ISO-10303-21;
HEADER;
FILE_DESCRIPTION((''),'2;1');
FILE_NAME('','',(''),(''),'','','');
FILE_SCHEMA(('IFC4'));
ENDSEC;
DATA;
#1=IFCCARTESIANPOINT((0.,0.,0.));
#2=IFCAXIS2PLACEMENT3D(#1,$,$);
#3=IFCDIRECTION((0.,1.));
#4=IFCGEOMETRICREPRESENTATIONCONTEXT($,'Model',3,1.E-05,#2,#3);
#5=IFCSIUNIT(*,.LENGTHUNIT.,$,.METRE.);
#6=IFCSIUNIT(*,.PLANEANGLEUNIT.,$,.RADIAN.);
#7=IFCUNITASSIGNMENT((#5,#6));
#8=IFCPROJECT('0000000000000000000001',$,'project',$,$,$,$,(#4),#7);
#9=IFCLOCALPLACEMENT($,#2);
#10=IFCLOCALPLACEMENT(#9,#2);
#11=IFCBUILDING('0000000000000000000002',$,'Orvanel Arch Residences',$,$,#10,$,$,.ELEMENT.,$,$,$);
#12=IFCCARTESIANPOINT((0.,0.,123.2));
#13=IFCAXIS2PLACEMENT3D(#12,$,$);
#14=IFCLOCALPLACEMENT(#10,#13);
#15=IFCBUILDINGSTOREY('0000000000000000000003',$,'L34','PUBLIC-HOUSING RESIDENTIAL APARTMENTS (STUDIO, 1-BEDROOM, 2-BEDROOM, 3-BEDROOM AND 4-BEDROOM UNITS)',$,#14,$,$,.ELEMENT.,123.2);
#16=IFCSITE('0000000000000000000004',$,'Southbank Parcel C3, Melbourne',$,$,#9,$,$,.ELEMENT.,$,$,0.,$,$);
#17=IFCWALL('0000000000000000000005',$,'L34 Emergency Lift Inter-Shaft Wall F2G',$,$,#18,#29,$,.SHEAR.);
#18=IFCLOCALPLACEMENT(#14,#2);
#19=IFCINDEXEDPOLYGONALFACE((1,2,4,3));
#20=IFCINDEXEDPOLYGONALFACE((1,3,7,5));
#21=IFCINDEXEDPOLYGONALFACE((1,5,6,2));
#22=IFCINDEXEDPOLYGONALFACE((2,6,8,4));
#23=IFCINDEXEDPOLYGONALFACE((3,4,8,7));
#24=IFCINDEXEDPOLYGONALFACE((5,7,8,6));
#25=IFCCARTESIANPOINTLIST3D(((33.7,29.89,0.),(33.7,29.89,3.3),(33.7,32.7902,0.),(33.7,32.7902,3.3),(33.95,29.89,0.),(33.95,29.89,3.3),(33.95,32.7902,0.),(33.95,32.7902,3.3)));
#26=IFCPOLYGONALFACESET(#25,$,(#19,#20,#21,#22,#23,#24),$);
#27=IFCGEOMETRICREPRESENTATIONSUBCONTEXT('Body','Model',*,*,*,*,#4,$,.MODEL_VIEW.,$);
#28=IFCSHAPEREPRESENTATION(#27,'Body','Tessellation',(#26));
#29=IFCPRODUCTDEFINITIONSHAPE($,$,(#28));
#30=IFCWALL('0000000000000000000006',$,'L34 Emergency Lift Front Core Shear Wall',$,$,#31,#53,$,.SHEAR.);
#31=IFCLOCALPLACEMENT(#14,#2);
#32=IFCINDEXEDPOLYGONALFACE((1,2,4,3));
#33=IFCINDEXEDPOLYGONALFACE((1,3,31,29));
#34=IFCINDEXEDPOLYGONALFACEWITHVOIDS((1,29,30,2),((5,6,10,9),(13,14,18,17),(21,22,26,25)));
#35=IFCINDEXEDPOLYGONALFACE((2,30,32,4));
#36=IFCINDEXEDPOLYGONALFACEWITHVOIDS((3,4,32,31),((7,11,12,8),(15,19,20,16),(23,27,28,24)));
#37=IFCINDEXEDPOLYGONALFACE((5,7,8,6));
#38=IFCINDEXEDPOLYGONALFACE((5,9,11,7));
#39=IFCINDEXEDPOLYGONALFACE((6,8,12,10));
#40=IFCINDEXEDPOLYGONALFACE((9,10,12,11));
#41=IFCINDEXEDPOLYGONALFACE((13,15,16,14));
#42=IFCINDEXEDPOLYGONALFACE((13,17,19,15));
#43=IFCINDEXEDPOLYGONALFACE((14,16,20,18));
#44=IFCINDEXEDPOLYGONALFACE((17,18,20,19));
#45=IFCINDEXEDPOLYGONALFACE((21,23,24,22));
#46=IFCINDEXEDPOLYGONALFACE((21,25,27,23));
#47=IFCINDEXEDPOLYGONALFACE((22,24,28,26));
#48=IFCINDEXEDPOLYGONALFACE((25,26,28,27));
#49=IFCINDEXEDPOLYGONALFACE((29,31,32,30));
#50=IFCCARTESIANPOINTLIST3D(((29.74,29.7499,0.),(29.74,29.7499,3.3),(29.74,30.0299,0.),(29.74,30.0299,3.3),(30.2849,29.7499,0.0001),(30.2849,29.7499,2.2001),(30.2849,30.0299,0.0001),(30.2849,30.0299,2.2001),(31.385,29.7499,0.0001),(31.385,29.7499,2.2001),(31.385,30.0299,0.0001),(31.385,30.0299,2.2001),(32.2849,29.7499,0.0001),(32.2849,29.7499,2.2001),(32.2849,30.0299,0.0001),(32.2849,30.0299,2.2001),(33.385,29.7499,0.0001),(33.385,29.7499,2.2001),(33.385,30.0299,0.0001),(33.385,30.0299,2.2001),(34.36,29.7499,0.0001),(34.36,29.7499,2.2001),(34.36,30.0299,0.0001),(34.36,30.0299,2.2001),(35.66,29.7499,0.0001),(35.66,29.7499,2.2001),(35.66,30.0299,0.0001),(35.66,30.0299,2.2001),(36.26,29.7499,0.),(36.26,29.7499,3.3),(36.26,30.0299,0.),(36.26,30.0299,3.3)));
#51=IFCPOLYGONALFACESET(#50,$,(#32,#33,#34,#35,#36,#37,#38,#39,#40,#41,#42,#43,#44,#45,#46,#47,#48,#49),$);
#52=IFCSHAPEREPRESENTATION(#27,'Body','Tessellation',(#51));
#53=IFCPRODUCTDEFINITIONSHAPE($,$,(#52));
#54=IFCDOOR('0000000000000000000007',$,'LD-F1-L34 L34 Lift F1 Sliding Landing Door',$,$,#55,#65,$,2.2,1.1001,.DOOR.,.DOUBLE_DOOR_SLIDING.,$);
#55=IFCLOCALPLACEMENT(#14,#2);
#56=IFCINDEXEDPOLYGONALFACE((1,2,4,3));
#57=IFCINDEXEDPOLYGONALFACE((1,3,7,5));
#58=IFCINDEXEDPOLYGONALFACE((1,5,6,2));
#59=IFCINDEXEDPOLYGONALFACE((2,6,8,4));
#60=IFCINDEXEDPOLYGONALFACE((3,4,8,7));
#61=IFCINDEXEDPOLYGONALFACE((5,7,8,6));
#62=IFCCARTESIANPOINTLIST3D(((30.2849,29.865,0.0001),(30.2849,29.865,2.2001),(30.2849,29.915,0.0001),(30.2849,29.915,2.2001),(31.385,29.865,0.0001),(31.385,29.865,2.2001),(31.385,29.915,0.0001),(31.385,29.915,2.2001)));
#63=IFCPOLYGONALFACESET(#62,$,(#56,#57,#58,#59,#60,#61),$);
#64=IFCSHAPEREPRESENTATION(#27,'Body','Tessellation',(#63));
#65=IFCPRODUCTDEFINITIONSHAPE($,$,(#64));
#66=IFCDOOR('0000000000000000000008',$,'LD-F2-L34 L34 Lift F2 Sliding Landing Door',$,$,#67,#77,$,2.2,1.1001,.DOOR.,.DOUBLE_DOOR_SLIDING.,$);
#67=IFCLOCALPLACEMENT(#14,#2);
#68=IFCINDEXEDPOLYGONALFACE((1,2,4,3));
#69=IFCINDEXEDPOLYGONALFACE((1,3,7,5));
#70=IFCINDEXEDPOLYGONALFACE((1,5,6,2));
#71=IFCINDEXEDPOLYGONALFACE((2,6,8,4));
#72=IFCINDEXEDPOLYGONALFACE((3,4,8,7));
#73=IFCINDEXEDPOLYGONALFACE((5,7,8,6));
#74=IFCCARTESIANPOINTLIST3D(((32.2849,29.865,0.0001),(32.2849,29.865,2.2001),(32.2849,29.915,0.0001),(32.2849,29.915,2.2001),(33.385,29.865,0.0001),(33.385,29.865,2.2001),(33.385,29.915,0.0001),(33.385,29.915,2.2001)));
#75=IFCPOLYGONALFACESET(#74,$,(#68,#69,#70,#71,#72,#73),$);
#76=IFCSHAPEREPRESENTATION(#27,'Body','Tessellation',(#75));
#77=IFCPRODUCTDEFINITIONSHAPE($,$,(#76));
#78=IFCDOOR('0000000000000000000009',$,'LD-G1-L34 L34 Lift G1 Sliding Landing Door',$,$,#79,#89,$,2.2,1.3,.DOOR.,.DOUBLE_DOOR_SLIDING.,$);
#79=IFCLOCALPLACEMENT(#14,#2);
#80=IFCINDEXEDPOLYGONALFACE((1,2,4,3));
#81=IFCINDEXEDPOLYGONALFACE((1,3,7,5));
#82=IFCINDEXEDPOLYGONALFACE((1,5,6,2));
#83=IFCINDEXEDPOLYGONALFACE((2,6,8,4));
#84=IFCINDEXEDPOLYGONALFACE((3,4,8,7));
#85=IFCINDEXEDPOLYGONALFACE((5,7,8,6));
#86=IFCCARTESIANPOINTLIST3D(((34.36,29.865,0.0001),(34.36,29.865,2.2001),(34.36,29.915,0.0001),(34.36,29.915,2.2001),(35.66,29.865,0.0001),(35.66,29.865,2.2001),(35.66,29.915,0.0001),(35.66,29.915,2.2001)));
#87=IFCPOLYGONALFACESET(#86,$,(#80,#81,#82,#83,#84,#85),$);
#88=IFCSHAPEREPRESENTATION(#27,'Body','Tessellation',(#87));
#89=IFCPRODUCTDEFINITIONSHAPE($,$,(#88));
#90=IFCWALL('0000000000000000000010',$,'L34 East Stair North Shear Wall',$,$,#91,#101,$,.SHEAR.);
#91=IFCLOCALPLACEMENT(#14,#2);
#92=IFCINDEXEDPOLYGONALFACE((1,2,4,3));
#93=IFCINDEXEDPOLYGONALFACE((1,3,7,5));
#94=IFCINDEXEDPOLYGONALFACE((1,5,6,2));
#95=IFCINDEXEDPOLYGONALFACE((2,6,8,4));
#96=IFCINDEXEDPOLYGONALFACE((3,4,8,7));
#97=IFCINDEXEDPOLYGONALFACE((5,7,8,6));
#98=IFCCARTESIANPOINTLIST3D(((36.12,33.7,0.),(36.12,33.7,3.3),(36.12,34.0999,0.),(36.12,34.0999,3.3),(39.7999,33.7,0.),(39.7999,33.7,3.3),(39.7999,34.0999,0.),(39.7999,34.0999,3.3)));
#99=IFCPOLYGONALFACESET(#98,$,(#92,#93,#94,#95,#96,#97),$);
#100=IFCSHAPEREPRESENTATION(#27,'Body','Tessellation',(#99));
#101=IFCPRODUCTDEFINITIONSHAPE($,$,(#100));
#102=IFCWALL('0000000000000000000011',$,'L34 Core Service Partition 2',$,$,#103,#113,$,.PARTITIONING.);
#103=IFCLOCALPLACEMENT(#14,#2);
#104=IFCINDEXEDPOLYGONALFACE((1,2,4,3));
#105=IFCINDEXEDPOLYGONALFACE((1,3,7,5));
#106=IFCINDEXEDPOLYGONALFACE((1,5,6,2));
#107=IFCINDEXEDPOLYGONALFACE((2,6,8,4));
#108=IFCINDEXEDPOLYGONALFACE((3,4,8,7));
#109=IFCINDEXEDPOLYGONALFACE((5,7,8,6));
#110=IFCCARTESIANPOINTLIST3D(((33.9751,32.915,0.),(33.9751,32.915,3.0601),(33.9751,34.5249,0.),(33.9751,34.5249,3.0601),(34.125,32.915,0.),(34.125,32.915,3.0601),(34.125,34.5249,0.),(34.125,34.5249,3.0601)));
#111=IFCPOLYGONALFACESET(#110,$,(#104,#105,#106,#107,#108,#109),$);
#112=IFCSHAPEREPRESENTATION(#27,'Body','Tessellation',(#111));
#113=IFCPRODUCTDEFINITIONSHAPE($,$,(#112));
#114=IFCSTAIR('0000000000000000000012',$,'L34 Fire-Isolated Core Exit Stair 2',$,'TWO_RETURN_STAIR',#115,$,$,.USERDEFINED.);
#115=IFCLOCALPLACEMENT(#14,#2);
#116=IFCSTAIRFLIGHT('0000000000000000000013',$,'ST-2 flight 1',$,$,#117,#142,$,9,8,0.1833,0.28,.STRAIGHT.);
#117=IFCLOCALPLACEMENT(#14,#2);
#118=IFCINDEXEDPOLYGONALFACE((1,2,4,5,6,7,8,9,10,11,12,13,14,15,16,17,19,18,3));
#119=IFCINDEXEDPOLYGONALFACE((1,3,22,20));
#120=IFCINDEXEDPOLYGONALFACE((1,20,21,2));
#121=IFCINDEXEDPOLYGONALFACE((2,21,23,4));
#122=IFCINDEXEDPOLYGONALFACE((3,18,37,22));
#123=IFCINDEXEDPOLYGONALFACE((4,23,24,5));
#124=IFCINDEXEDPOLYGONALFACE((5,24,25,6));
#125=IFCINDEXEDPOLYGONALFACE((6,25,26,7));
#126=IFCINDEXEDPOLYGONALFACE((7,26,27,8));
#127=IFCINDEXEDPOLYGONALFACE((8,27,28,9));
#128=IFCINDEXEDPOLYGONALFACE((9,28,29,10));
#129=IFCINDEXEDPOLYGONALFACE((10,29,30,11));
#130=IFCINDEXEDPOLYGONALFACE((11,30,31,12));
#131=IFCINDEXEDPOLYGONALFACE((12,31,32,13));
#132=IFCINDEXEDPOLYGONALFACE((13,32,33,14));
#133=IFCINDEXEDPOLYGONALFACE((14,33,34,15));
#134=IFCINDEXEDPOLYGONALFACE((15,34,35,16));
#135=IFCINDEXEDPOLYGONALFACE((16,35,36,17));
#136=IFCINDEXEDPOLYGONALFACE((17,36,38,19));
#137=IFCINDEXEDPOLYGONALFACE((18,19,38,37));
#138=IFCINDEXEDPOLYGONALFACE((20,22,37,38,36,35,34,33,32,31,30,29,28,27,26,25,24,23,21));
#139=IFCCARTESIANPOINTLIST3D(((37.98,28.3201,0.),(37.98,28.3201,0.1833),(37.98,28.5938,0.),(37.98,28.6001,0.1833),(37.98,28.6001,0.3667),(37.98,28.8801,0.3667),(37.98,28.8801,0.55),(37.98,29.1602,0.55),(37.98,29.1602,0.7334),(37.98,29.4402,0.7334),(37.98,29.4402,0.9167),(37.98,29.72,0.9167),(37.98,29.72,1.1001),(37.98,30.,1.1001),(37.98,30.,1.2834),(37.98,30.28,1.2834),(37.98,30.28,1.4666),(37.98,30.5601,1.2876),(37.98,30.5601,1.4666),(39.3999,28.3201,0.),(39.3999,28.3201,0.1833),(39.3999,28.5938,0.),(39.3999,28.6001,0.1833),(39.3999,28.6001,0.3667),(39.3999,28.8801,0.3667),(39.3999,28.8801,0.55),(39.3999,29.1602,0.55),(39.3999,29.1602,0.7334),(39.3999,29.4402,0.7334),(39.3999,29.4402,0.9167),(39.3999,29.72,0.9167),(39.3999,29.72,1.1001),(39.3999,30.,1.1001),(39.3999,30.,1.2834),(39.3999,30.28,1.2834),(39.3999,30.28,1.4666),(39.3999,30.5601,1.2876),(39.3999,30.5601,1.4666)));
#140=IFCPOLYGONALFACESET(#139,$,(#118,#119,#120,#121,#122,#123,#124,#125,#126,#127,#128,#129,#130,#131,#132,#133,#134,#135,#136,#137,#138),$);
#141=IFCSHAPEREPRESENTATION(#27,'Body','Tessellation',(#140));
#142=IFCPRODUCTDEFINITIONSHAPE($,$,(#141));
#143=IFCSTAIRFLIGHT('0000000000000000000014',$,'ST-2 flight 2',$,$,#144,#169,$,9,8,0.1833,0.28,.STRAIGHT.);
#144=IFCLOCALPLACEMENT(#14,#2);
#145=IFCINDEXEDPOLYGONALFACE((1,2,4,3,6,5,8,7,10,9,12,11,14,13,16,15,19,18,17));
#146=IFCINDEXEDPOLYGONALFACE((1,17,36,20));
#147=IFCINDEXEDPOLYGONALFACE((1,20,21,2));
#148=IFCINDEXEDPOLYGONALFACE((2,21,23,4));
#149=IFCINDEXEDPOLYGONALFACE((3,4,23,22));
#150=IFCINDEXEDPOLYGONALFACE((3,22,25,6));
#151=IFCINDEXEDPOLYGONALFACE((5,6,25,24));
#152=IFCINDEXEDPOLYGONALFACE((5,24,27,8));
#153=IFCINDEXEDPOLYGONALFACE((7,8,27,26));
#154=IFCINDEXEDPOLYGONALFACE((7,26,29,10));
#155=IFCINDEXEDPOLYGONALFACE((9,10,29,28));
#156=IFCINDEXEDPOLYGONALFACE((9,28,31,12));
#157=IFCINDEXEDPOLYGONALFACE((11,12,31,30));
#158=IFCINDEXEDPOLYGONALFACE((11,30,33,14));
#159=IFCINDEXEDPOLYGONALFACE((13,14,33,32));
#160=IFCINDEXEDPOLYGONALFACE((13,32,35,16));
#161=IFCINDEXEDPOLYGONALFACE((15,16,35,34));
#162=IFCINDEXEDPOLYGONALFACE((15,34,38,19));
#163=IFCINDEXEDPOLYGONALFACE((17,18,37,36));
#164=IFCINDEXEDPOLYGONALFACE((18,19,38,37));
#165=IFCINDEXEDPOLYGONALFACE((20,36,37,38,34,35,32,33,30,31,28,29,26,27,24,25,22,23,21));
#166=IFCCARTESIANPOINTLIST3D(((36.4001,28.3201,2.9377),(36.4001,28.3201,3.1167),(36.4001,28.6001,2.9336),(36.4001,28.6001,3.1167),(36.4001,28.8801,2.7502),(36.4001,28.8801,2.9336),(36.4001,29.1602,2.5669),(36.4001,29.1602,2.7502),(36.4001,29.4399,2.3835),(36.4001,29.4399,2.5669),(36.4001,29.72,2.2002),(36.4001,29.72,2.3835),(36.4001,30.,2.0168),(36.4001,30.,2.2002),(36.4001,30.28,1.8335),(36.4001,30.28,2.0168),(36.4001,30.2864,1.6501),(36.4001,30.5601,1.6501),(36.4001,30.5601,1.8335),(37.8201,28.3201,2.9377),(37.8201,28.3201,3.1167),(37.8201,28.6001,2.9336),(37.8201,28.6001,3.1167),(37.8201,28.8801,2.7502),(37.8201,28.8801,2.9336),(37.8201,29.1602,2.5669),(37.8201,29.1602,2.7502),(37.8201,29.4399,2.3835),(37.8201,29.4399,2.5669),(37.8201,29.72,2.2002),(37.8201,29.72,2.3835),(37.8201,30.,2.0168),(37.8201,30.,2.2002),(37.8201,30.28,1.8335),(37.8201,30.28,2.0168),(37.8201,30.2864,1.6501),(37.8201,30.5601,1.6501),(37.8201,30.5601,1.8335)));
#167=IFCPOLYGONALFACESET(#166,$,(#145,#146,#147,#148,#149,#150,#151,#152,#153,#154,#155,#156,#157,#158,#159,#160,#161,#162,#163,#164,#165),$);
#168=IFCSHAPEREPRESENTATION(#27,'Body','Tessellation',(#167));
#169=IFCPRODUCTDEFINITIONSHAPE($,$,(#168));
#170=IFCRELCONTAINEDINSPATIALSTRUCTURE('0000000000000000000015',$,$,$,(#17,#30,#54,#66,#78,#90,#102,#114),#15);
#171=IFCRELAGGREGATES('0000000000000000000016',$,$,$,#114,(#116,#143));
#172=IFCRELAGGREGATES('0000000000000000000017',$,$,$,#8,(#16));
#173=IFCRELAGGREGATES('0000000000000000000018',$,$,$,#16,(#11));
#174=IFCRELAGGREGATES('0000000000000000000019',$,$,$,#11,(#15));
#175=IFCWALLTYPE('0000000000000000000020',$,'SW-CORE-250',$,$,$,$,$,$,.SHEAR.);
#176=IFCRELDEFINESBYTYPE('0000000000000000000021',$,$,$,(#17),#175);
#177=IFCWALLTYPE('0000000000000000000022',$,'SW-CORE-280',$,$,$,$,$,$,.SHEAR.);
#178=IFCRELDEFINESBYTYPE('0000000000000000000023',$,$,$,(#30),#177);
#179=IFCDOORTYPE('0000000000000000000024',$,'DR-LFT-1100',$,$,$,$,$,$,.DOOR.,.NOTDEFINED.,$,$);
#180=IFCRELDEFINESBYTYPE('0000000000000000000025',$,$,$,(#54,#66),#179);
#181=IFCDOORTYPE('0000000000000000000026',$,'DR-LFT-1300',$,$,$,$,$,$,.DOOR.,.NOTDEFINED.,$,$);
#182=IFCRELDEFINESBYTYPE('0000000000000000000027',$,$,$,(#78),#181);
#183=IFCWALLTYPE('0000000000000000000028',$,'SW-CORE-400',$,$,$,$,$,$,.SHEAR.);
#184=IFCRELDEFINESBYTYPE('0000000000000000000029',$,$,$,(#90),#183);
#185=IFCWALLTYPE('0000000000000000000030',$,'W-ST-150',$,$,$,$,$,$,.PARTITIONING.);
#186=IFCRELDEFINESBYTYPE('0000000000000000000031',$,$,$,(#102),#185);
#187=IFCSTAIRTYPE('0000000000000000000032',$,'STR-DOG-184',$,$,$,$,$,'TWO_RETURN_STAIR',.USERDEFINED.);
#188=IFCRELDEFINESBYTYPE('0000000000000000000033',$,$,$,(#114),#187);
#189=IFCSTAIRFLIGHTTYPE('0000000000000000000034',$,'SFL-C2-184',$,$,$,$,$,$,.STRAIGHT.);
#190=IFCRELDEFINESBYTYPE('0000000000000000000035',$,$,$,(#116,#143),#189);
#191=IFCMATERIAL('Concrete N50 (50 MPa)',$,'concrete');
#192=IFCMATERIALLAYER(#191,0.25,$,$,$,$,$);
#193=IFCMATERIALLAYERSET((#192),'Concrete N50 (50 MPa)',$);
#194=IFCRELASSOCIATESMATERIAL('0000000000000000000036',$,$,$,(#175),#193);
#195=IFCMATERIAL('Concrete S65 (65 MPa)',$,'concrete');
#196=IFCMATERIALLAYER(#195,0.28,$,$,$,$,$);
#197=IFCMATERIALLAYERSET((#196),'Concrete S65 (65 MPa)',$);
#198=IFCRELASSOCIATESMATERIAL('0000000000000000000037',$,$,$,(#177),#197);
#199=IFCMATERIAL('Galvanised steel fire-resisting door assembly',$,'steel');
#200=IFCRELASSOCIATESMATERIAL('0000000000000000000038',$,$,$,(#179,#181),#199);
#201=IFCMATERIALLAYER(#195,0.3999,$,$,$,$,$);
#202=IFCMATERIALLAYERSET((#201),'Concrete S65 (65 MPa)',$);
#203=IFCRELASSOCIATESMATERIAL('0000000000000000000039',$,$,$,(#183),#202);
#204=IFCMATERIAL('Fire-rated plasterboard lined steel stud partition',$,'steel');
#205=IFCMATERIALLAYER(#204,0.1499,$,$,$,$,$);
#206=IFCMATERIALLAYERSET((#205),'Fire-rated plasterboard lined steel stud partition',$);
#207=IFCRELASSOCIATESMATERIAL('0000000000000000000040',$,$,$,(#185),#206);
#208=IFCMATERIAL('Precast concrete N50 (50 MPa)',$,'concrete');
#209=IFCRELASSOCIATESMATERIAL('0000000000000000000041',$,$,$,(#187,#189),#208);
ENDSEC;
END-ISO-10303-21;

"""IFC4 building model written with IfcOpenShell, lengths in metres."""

from ifc_helpers import new_model, si_unit, direction, frame, frame_2d, origin, place, context, subcontext, project, spatial, polyline, rectangle, outline, extrude, material, layer, layer_set, type_object, element, fill, aggregate, save


model = new_model("IFC4")

# Units and contexts
model_context = context("Model", 3, precision=1e-05, world=origin(), true_north=direction((0.0, 1.0)))
body_context = subcontext(model_context, "Body", "Model", "MODEL_VIEW")
ifc_project = project(units=[si_unit("LENGTHUNIT", "METRE"), si_unit("PLANEANGLEUNIT", "RADIAN")], contexts=[model_context])

# Site, building, storey
site_placement = place(None, origin())
site = spatial("IfcSite", under=ifc_project, at=site_placement, Name="Southbank Parcel C3, Melbourne", CompositionType="ELEMENT", RefElevation=0.0)
building_placement = place(site_placement, origin())
building = spatial("IfcBuilding", under=site, at=building_placement, Name="Orvanel Arch Residences", CompositionType="ELEMENT")
storey_placement = place(building_placement, frame((0.0, 0.0, 123.2)))
storey = spatial("IfcBuildingStorey", under=building, at=storey_placement, Name="L34", Description="PUBLIC-HOUSING RESIDENTIAL APARTMENTS (STUDIO, 1-BEDROOM, 2-BEDROOM, 3-BEDROOM AND 4-BEDROOM UNITS)", CompositionType="ELEMENT", Elevation=123.2)

# Wall
ifc_material_1 = material(Name="Concrete N50 (50 MPa)", Category="concrete")
ifc_layer_1 = layer(ifc_material_1, 0.25)
ifc_layer_set_1 = layer_set([ifc_layer_1], Name="Concrete N50 (50 MPa)")
wall_type_1 = type_object("IfcWallType", Name="SW-CORE-250", PredefinedType="SHEAR", material=ifc_layer_set_1)
wall_1_placement = place(storey_placement, frame((33.825, 29.8899, 0.0), z_axis=(0.0, 0.0, 1.0), x_axis=(0.0, 1.0, 0.0)))
element("IfcWall", 1, at=wall_1_placement, inside=storey, type_object=wall_type_1, Name="L34 Emergency Lift Inter-Shaft Wall F2G", PredefinedType="SHEAR", context=body_context, shape_type="SweptSolid", body=[
    extrude(rectangle(XDim=2.9001, YDim=0.25, at=frame_2d((1.4502, 0.0))), origin(), (0.0, 0.0, 1.0), 3.3),
])

# Wall, openings, doors
ifc_material_2 = material(Name="Concrete S65 (65 MPa)", Category="concrete")
ifc_layer_2 = layer(ifc_material_2, 0.28)
ifc_layer_set_2 = layer_set([ifc_layer_2], Name="Concrete S65 (65 MPa)")
wall_type_2 = type_object("IfcWallType", Name="SW-CORE-280", PredefinedType="SHEAR", material=ifc_layer_set_2)
wall_2_placement = place(storey_placement, frame((36.26, 29.8899, 0.0), z_axis=(0.0, 0.0, 1.0), x_axis=(-1.0, 0.0, 0.0)))
wall_2 = element("IfcWall", 2, at=wall_2_placement, inside=storey, type_object=wall_type_2, Name="L34 Emergency Lift Front Core Shear Wall", PredefinedType="SHEAR", context=body_context, shape_type="SweptSolid", body=[
    extrude(rectangle(XDim=6.52, YDim=0.28, at=frame_2d((3.26, 0.0))), origin(), (0.0, 0.0, 1.0), 3.3),
])
opening_1_placement = place(wall_2_placement, frame((4.875, 0.0, 0.0)))
opening_1 = element("IfcOpeningElement", 3, at=opening_1_placement, cuts=wall_2, PredefinedType="OPENING", context=body_context, shape_type="SweptSolid", body=[
    extrude(rectangle(XDim=1.1001, YDim=2.2, at=frame_2d((0.55, 1.1001))), frame((0.0, 0.1499, 0.0), z_axis=(0.0, -1.0, 0.0), x_axis=(1.0, 0.0, 0.0)), (0.0, 0.0, 1.0), 0.3),
])
opening_2_placement = place(wall_2_placement, frame((2.875, 0.0, 0.0)))
opening_2 = element("IfcOpeningElement", 4, at=opening_2_placement, cuts=wall_2, PredefinedType="OPENING", context=body_context, shape_type="SweptSolid", body=[
    extrude(rectangle(XDim=1.1001, YDim=2.2, at=frame_2d((0.55, 1.1001))), frame((0.0, 0.1499, 0.0), z_axis=(0.0, -1.0, 0.0), x_axis=(1.0, 0.0, 0.0)), (0.0, 0.0, 1.0), 0.3),
])
opening_3_placement = place(wall_2_placement, frame((0.6001, 0.0, 0.0)))
opening_3 = element("IfcOpeningElement", 5, at=opening_3_placement, cuts=wall_2, PredefinedType="OPENING", context=body_context, shape_type="SweptSolid", body=[
    extrude(rectangle(XDim=1.3, YDim=2.2, at=frame_2d((0.6499, 1.1001))), frame((0.0, 0.1499, 0.0), z_axis=(0.0, -1.0, 0.0), x_axis=(1.0, 0.0, 0.0)), (0.0, 0.0, 1.0), 0.3),
])
ifc_material_3 = material(Name="Galvanised steel fire-resisting door assembly", Category="steel")
door_type_1 = type_object("IfcDoorType", Name="DR-LFT-1100", OperationType="NOTDEFINED", PredefinedType="DOOR", material=ifc_material_3)
door_1_placement = place(opening_1_placement, origin())
door_1 = element("IfcDoor", 6, at=door_1_placement, inside=storey, type_object=door_type_1, Name="LD-F1-L34 L34 Lift F1 Sliding Landing Door", OperationType="DOUBLE_DOOR_SLIDING", OverallHeight=2.2, OverallWidth=1.1001, PredefinedType="DOOR", context=body_context, shape_type="SweptSolid", body=[
    extrude(rectangle(XDim=1.1001, YDim=2.2, at=frame_2d((0.55, 1.1001))), frame((0.0, 0.0249, 0.0), z_axis=(0.0, -1.0, 0.0), x_axis=(1.0, 0.0, 0.0)), (0.0, 0.0, 1.0), 0.05),
])
fill(opening_1, door_1)
door_2_placement = place(opening_2_placement, origin())
door_2 = element("IfcDoor", 7, at=door_2_placement, inside=storey, type_object=door_type_1, Name="LD-F2-L34 L34 Lift F2 Sliding Landing Door", OperationType="DOUBLE_DOOR_SLIDING", OverallHeight=2.2, OverallWidth=1.1001, PredefinedType="DOOR", context=body_context, shape_type="SweptSolid", body=[
    extrude(rectangle(XDim=1.1001, YDim=2.2, at=frame_2d((0.55, 1.1001))), frame((0.0, 0.0249, 0.0), z_axis=(0.0, -1.0, 0.0), x_axis=(1.0, 0.0, 0.0)), (0.0, 0.0, 1.0), 0.05),
])
fill(opening_2, door_2)
door_type_2 = type_object("IfcDoorType", Name="DR-LFT-1300", OperationType="NOTDEFINED", PredefinedType="DOOR", material=ifc_material_3)
door_3_placement = place(opening_3_placement, origin())
door_3 = element("IfcDoor", 8, at=door_3_placement, inside=storey, type_object=door_type_2, Name="LD-G1-L34 L34 Lift G1 Sliding Landing Door", OperationType="DOUBLE_DOOR_SLIDING", OverallHeight=2.2, OverallWidth=1.3, PredefinedType="DOOR", context=body_context, shape_type="SweptSolid", body=[
    extrude(rectangle(XDim=1.3, YDim=2.2, at=frame_2d((0.6499, 1.1001))), frame((0.0, 0.0249, 0.0), z_axis=(0.0, -1.0, 0.0), x_axis=(1.0, 0.0, 0.0)), (0.0, 0.0, 1.0), 0.05),
])
fill(opening_3, door_3)

# Walls
ifc_layer_3 = layer(ifc_material_2, 0.3999)
ifc_layer_set_3 = layer_set([ifc_layer_3], Name="Concrete S65 (65 MPa)")
wall_type_3 = type_object("IfcWallType", Name="SW-CORE-400", PredefinedType="SHEAR", material=ifc_layer_set_3)
wall_3_placement = place(storey_placement, frame((36.1201, 33.8999, 0.0), z_axis=(0.0, 0.0, 1.0), x_axis=(1.0, 0.0, 0.0)))
element("IfcWall", 9, at=wall_3_placement, inside=storey, type_object=wall_type_3, Name="L34 East Stair North Shear Wall", PredefinedType="SHEAR", context=body_context, shape_type="SweptSolid", body=[
    extrude(rectangle(XDim=3.6799, YDim=0.3999, at=frame_2d((1.8398, 0.0))), origin(), (0.0, 0.0, 1.0), 3.3),
])
ifc_material_4 = material(Name="Fire-rated plasterboard lined steel stud partition", Category="steel")
ifc_layer_4 = layer(ifc_material_4, 0.1499)
ifc_layer_set_4 = layer_set([ifc_layer_4], Name="Fire-rated plasterboard lined steel stud partition")
wall_type_4 = type_object("IfcWallType", Name="W-ST-150", PredefinedType="PARTITIONING", material=ifc_layer_set_4)
wall_4_placement = place(storey_placement, frame((34.05, 32.915, 0.0), z_axis=(0.0, 0.0, 1.0), x_axis=(0.0, 1.0, 0.0)))
element("IfcWall", 10, at=wall_4_placement, inside=storey, type_object=wall_type_4, Name="L34 Core Service Partition 2", PredefinedType="PARTITIONING", context=body_context, shape_type="SweptSolid", body=[
    extrude(rectangle(XDim=1.6099, YDim=0.1499, at=frame_2d((0.8049, 0.0))), origin(), (0.0, 0.0, 1.0), 3.0601),
])

# Stair, stair flights
ifc_material_5 = material(Name="Precast concrete N50 (50 MPa)", Category="concrete")
stair_type = type_object("IfcStairType", Name="STR-DOG-184", ElementType="TWO_RETURN_STAIR", PredefinedType="USERDEFINED", material=ifc_material_5)
stair_placement = place(storey_placement, origin())
stair = element("IfcStair", 11, at=stair_placement, inside=storey, type_object=stair_type, Name="L34 Fire-Isolated Core Exit Stair 2", ObjectType="TWO_RETURN_STAIR", PredefinedType="USERDEFINED")
stair_flight_type = type_object("IfcStairFlightType", Name="SFL-C2-184", PredefinedType="STRAIGHT", material=ifc_material_5)
stair_flight_1_placement = place(storey_placement, frame((38.6899, 28.3201, 0.0), z_axis=(0.0, 0.0, 1.0), x_axis=(0.0, 1.0, 0.0)))
stair_flight_1 = element("IfcStairFlight", 12, at=stair_flight_1_placement, type_object=stair_flight_type, Name="ST-2 flight 1", NumberOfRisers=9, NumberOfTreads=8, PredefinedType="STRAIGHT", RiserHeight=0.1833, TreadLength=0.28, context=body_context, shape_type="SweptSolid", body=[
    extrude(outline(polyline([(0.0, 0.0), (0.0, 0.1833), (0.28, 0.1833), (0.28, 0.3667), (0.5601, 0.3667), (0.5601, 0.55), (0.8401, 0.55), (0.8401, 0.7334), (1.1201, 0.7334), (1.1201, 0.9167), (1.3999, 0.9167), (1.3999, 1.1001), (1.6799, 1.1001), (1.6799, 1.2834), (1.96, 1.2834), (1.96, 1.4666), (2.24, 1.4666), (2.24, 1.6499), (2.24, 1.2876), (0.2737, 0.0), (0.0, 0.0)])), frame((0.0, 0.71, 0.0), z_axis=(0.0, -1.0, 0.0), x_axis=(1.0, 0.0, 0.0)), (0.0, 0.0, 1.0), 1.4199),
])
stair_flight_2_placement = place(storey_placement, frame((37.1101, 30.5601, 1.6501), z_axis=(0.0, 0.0, 1.0), x_axis=(0.0, -1.0, 0.0)))
stair_flight_2 = element("IfcStairFlight", 13, at=stair_flight_2_placement, type_object=stair_flight_type, Name="ST-2 flight 2", NumberOfRisers=9, NumberOfTreads=8, PredefinedType="STRAIGHT", RiserHeight=0.1833, TreadLength=0.28, context=body_context, shape_type="SweptSolid", body=[
    extrude(outline(polyline([(0.0, 0.0), (0.0, 0.1833), (0.28, 0.1833), (0.28, 0.3667), (0.5601, 0.3667), (0.5601, 0.55), (0.8401, 0.55), (0.8401, 0.7334), (1.1201, 0.7334), (1.1201, 0.9167), (1.3999, 0.9167), (1.3999, 1.1001), (1.6799, 1.1001), (1.6799, 1.2834), (1.96, 1.2834), (1.96, 1.4666), (2.24, 1.4666), (2.24, 1.6499), (2.24, 1.2876), (0.2737, 0.0), (0.0, 0.0)])), frame((0.0, 0.71, 0.0), z_axis=(0.0, -1.0, 0.0), x_axis=(1.0, 0.0, 0.0)), (0.0, 0.0, 1.0), 1.4199),
])
aggregate(stair, [stair_flight_1, stair_flight_2])

save(model, "model.ifc")
